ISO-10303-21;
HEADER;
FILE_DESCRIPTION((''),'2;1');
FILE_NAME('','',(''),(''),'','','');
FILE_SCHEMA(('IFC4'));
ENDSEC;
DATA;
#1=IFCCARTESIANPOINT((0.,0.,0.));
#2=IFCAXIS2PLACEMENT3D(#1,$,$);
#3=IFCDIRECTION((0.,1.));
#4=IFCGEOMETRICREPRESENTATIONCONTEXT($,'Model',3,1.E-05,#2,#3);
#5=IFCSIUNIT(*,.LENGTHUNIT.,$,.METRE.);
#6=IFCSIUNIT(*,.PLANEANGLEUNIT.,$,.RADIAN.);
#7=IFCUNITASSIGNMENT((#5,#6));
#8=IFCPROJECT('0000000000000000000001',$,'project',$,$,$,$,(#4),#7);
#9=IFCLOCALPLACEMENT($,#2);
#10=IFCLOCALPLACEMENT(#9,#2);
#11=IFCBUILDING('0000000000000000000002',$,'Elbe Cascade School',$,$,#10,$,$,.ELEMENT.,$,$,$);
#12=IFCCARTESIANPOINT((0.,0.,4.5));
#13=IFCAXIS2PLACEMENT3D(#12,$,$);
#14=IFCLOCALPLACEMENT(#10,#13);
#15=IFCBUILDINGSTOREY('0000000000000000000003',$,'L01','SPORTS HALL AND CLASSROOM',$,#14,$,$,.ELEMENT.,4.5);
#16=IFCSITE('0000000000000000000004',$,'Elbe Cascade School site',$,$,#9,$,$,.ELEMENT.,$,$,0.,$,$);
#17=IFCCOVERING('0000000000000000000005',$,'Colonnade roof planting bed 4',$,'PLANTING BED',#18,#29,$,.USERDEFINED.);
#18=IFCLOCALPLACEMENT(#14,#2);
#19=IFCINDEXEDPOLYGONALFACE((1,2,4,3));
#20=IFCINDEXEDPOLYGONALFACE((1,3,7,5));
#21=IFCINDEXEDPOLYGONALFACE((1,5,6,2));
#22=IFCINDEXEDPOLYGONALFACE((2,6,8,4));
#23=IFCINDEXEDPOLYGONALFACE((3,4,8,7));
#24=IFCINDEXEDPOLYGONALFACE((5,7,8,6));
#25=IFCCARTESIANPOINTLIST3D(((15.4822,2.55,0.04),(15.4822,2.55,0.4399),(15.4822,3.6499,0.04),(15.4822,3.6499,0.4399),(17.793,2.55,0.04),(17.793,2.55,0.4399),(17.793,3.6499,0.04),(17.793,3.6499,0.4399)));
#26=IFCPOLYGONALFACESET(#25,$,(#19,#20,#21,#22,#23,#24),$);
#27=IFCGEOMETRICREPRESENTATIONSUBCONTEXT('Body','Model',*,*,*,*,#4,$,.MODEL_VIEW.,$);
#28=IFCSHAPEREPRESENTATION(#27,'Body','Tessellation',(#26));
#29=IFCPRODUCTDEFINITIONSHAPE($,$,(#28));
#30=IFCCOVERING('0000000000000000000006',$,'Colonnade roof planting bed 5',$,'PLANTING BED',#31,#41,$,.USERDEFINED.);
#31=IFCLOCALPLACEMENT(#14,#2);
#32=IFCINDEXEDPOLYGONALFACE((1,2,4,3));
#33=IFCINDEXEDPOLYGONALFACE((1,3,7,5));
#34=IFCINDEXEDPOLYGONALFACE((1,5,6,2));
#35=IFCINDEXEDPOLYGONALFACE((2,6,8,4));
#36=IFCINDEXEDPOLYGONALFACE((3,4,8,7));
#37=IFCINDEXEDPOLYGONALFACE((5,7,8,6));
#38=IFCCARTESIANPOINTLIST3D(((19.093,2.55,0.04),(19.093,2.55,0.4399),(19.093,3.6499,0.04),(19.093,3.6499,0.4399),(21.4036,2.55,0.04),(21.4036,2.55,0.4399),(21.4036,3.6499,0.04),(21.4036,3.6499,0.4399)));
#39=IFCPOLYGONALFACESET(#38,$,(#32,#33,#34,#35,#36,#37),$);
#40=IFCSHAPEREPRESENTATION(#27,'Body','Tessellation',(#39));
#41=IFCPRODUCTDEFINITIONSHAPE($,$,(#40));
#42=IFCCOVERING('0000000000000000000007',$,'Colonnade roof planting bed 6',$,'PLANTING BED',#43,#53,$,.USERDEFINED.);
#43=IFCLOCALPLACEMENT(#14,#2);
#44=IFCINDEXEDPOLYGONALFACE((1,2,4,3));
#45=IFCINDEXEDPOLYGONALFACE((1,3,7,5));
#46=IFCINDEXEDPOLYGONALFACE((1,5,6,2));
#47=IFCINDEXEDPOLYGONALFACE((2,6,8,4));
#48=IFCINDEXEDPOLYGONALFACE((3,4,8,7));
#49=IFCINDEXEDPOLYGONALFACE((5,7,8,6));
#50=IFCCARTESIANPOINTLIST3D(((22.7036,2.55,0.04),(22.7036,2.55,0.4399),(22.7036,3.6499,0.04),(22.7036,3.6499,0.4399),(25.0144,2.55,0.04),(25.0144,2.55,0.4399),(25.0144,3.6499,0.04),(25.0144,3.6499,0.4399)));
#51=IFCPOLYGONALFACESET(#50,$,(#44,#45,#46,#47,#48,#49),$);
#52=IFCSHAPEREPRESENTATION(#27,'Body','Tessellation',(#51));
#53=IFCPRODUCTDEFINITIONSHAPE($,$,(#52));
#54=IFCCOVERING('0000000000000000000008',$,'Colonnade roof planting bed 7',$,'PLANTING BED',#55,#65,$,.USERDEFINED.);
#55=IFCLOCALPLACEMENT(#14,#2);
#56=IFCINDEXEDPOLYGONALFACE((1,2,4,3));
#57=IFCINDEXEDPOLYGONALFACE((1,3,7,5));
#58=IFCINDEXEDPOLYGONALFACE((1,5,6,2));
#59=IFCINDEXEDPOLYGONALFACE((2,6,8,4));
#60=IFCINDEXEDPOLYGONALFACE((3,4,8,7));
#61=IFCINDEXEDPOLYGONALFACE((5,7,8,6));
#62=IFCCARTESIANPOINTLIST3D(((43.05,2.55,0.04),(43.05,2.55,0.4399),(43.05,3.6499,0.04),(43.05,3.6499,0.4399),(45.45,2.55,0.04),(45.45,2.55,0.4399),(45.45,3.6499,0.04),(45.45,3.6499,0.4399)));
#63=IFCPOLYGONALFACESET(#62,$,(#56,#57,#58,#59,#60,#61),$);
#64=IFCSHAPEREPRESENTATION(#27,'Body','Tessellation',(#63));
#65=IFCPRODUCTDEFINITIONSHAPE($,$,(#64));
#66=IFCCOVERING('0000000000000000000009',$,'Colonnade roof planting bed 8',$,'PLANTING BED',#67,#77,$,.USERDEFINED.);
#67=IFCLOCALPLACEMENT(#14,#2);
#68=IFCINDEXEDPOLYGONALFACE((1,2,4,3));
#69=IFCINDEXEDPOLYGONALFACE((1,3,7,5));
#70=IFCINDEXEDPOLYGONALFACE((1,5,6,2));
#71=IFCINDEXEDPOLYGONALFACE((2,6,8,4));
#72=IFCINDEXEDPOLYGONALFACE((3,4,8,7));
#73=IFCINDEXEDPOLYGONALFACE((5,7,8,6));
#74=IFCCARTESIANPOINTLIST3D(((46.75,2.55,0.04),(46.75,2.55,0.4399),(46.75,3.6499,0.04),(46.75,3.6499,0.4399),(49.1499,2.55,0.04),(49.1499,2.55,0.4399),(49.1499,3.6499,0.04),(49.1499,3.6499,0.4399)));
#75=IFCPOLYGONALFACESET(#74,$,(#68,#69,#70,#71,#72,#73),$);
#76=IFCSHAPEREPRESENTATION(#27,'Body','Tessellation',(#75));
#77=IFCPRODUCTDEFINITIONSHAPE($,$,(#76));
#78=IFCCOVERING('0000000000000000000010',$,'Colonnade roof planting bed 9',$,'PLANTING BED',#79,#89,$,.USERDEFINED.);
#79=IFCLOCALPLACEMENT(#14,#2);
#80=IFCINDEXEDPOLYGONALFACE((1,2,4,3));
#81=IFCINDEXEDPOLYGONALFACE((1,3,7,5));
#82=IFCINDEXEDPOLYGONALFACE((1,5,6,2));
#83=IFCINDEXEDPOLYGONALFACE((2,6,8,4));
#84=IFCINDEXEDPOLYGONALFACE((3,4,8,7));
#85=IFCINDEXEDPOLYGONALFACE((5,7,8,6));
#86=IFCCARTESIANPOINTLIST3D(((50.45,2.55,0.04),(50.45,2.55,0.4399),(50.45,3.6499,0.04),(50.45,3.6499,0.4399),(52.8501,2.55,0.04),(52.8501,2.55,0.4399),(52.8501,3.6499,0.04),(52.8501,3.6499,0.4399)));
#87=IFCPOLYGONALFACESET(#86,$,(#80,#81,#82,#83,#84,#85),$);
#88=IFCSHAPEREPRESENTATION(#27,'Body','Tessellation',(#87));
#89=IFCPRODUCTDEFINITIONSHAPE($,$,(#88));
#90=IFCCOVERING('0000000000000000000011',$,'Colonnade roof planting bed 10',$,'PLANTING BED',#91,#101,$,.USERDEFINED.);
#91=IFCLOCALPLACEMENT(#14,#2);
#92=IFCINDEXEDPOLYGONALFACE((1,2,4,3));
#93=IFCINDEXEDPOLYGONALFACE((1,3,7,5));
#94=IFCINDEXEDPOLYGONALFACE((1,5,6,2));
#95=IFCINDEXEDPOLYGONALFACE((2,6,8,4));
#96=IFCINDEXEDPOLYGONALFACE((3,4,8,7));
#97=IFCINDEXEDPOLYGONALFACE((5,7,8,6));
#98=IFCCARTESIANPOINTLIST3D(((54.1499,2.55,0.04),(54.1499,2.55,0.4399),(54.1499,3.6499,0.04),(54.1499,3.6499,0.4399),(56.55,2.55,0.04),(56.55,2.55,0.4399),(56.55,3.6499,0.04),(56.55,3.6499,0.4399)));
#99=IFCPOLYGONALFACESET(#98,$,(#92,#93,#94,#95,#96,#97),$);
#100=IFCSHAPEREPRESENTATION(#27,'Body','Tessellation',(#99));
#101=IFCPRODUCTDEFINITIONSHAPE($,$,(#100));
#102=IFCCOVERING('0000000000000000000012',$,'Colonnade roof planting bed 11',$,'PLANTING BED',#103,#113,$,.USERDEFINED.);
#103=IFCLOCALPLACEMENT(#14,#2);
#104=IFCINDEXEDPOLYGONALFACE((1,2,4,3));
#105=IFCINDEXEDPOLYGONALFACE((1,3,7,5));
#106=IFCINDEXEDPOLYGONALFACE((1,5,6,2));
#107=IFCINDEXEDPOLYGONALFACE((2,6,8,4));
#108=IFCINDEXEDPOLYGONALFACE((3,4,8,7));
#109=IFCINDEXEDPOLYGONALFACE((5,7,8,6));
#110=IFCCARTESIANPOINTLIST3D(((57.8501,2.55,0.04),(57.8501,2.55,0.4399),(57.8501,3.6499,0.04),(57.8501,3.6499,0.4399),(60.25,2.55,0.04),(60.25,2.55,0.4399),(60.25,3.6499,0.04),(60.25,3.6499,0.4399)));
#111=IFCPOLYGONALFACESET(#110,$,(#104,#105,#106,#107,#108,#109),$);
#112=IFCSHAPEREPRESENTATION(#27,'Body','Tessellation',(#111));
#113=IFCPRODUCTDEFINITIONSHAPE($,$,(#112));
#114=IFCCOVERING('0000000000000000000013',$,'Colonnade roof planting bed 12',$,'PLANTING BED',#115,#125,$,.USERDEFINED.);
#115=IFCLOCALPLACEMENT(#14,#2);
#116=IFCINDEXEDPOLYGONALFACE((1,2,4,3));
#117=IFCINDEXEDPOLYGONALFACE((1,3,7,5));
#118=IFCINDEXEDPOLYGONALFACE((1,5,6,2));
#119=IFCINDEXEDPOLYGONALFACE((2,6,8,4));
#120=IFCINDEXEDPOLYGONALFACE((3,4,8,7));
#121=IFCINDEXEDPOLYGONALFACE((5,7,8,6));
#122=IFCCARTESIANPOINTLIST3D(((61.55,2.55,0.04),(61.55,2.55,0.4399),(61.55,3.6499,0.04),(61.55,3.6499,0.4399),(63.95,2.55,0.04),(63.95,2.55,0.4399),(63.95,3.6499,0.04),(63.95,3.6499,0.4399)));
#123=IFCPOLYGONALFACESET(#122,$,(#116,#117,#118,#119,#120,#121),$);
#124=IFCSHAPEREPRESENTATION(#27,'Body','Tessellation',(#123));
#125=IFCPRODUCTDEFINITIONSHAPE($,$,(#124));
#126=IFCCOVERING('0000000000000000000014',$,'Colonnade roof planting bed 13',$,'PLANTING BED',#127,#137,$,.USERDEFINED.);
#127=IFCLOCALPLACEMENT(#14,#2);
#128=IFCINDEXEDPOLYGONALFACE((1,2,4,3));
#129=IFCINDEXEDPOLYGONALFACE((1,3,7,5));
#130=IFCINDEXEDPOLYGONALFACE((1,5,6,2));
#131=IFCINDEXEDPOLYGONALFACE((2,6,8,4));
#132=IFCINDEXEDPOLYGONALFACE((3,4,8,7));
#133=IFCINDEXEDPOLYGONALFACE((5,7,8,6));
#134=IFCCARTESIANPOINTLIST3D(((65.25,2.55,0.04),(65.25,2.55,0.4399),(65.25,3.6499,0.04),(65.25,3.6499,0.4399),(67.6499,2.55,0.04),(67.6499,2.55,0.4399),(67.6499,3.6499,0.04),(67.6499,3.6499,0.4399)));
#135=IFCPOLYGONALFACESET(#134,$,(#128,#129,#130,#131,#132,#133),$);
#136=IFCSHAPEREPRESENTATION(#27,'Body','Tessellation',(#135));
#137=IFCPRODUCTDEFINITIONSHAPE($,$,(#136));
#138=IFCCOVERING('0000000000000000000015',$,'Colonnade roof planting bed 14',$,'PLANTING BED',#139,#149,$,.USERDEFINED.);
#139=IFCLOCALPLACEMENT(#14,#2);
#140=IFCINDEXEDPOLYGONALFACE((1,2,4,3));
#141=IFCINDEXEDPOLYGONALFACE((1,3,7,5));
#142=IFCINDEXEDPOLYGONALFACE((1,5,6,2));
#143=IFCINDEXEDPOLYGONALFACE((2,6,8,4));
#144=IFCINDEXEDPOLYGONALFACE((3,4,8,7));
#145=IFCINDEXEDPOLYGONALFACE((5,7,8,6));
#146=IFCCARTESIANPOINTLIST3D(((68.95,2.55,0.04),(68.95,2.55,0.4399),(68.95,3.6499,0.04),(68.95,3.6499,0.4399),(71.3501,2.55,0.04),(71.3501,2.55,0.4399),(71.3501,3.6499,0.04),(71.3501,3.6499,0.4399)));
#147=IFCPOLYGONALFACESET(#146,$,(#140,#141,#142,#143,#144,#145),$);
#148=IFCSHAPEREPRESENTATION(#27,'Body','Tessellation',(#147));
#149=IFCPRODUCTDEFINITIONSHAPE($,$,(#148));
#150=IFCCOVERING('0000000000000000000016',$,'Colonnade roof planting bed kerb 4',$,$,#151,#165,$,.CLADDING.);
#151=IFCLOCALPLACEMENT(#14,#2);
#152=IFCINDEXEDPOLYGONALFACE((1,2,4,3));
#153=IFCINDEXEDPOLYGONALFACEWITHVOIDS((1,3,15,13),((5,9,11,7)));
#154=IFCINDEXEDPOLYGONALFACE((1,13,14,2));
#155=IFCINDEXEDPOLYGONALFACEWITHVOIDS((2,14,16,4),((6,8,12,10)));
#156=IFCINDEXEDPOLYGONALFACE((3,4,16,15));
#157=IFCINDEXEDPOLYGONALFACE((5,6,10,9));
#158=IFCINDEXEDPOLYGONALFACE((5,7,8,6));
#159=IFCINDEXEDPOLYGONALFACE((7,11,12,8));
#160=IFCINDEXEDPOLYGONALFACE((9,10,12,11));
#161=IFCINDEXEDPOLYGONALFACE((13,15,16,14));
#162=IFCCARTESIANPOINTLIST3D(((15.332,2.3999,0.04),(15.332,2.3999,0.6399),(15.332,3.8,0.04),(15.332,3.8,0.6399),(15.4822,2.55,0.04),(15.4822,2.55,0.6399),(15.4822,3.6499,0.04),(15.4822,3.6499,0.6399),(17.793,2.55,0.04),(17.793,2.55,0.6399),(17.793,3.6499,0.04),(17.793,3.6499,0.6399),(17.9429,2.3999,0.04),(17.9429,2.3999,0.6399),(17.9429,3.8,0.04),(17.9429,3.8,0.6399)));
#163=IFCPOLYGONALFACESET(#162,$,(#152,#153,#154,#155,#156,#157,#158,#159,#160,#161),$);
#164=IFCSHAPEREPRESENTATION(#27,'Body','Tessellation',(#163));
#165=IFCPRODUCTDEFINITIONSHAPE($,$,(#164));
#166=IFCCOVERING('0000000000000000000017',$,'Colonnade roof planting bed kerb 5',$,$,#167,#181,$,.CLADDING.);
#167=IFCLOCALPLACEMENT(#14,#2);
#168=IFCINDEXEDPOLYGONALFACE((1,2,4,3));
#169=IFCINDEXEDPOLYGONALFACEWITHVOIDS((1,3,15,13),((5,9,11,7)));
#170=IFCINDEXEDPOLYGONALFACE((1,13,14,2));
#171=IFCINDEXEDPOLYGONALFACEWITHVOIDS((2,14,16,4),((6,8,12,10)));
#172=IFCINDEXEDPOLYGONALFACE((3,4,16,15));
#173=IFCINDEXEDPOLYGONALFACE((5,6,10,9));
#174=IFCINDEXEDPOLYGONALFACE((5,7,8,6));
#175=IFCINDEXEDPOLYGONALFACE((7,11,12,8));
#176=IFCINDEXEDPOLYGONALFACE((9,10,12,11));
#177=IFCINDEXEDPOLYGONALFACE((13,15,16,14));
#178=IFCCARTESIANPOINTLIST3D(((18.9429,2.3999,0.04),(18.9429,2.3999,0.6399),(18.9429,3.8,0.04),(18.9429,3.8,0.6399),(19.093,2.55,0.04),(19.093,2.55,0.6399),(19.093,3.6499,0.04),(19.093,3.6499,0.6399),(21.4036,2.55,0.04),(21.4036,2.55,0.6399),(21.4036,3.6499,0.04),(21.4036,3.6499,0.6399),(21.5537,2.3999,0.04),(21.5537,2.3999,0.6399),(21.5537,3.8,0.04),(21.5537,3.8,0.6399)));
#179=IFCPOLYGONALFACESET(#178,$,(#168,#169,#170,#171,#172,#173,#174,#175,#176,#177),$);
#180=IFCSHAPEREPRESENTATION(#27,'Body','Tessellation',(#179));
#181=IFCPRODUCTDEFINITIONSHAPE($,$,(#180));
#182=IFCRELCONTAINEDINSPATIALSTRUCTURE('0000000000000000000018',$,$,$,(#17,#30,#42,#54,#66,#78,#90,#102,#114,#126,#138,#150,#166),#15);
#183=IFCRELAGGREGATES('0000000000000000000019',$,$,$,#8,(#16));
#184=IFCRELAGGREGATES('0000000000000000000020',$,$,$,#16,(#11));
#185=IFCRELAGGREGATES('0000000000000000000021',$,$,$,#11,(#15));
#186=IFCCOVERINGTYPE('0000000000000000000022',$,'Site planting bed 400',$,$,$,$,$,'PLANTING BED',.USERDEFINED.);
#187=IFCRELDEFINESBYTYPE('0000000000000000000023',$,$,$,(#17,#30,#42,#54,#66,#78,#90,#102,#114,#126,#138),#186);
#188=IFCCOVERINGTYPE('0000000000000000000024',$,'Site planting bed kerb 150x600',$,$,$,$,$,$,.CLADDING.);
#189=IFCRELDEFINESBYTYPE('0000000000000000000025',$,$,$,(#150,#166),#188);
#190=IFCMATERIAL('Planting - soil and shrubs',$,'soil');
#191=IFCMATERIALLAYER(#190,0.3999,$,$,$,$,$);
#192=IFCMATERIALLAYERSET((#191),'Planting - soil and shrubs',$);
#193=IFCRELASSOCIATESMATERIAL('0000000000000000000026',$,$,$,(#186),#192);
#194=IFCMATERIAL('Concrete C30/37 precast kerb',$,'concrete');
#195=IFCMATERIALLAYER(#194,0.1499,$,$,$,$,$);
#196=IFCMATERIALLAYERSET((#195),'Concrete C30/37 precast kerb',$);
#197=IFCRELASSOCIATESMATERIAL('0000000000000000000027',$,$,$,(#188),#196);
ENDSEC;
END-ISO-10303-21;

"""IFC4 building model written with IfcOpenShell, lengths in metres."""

from ifc_helpers import new_model, si_unit, direction, frame, origin, place, context, subcontext, project, spatial, polyline, outline, extrude, material, layer, layer_set, type_object, element, save


model = new_model("IFC4")

# Units and contexts
model_context = context("Model", 3, precision=1e-05, world=origin(), true_north=direction((0.0, 1.0)))
body_context = subcontext(model_context, "Body", "Model", "MODEL_VIEW")
ifc_project = project(units=[si_unit("LENGTHUNIT", "METRE"), si_unit("PLANEANGLEUNIT", "RADIAN")], contexts=[model_context])

# Site, building, storey
site_placement = place(None, origin())
site = spatial("IfcSite", under=ifc_project, at=site_placement, Name="Elbe Cascade School site", CompositionType="ELEMENT", RefElevation=0.0)
building_placement = place(site_placement, origin())
building = spatial("IfcBuilding", under=site, at=building_placement, Name="Elbe Cascade School", CompositionType="ELEMENT")
storey_placement = place(building_placement, frame((0.0, 0.0, 4.5)))
storey = spatial("IfcBuildingStorey", under=building, at=storey_placement, Name="L01", Description="SPORTS HALL AND CLASSROOM", CompositionType="ELEMENT", Elevation=4.5)

# Coverings
ifc_material_1 = material(Name="Planting - soil and shrubs", Category="soil")
ifc_layer_1 = layer(ifc_material_1, 0.3999)
ifc_layer_set_1 = layer_set([ifc_layer_1], Name="Planting - soil and shrubs")
covering_type_1 = type_object("IfcCoveringType", Name="Site planting bed 400", ElementType="PLANTING BED", PredefinedType="USERDEFINED", material=ifc_layer_set_1)
covering_1_placement = place(storey_placement, frame((0.0, 0.0, 0.04)))
element("IfcCovering", 1, at=covering_1_placement, inside=storey, type_object=covering_type_1, Name="Colonnade roof planting bed 4", ObjectType="PLANTING BED", PredefinedType="USERDEFINED", context=body_context, shape_type="SweptSolid", body=[
    extrude(outline(polyline([(15.4822, 2.55), (17.793, 2.55), (17.793, 3.6499), (15.4822, 3.6499), (15.4822, 2.55)])), origin(), (0.0, 0.0, 1.0), 0.3999),
])
covering_2_placement = place(storey_placement, frame((0.0, 0.0, 0.04)))
element("IfcCovering", 2, at=covering_2_placement, inside=storey, type_object=covering_type_1, Name="Colonnade roof planting bed 5", ObjectType="PLANTING BED", PredefinedType="USERDEFINED", context=body_context, shape_type="SweptSolid", body=[
    extrude(outline(polyline([(19.093, 2.55), (21.4036, 2.55), (21.4036, 3.6499), (19.093, 3.6499), (19.093, 2.55)])), origin(), (0.0, 0.0, 1.0), 0.3999),
])
covering_3_placement = place(storey_placement, frame((0.0, 0.0, 0.04)))
element("IfcCovering", 3, at=covering_3_placement, inside=storey, type_object=covering_type_1, Name="Colonnade roof planting bed 6", ObjectType="PLANTING BED", PredefinedType="USERDEFINED", context=body_context, shape_type="SweptSolid", body=[
    extrude(outline(polyline([(22.7036, 2.55), (25.0144, 2.55), (25.0144, 3.6499), (22.7036, 3.6499), (22.7036, 2.55)])), origin(), (0.0, 0.0, 1.0), 0.3999),
])
covering_4_placement = place(storey_placement, frame((0.0, 0.0, 0.04)))
element("IfcCovering", 4, at=covering_4_placement, inside=storey, type_object=covering_type_1, Name="Colonnade roof planting bed 7", ObjectType="PLANTING BED", PredefinedType="USERDEFINED", context=body_context, shape_type="SweptSolid", body=[
    extrude(outline(polyline([(43.05, 2.55), (45.45, 2.55), (45.45, 3.6499), (43.05, 3.6499), (43.05, 2.55)])), origin(), (0.0, 0.0, 1.0), 0.3999),
])
covering_5_placement = place(storey_placement, frame((0.0, 0.0, 0.04)))
element("IfcCovering", 5, at=covering_5_placement, inside=storey, type_object=covering_type_1, Name="Colonnade roof planting bed 8", ObjectType="PLANTING BED", PredefinedType="USERDEFINED", context=body_context, shape_type="SweptSolid", body=[
    extrude(outline(polyline([(46.75, 2.55), (49.1499, 2.55), (49.1499, 3.6499), (46.75, 3.6499), (46.75, 2.55)])), origin(), (0.0, 0.0, 1.0), 0.3999),
])
covering_6_placement = place(storey_placement, frame((0.0, 0.0, 0.04)))
element("IfcCovering", 6, at=covering_6_placement, inside=storey, type_object=covering_type_1, Name="Colonnade roof planting bed 9", ObjectType="PLANTING BED", PredefinedType="USERDEFINED", context=body_context, shape_type="SweptSolid", body=[
    extrude(outline(polyline([(50.45, 2.55), (52.8501, 2.55), (52.8501, 3.6499), (50.45, 3.6499), (50.45, 2.55)])), origin(), (0.0, 0.0, 1.0), 0.3999),
])
covering_7_placement = place(storey_placement, frame((0.0, 0.0, 0.04)))
element("IfcCovering", 7, at=covering_7_placement, inside=storey, type_object=covering_type_1, Name="Colonnade roof planting bed 10", ObjectType="PLANTING BED", PredefinedType="USERDEFINED", context=body_context, shape_type="SweptSolid", body=[
    extrude(outline(polyline([(54.1499, 2.55), (56.55, 2.55), (56.55, 3.6499), (54.1499, 3.6499), (54.1499, 2.55)])), origin(), (0.0, 0.0, 1.0), 0.3999),
])
covering_8_placement = place(storey_placement, frame((0.0, 0.0, 0.04)))
element("IfcCovering", 8, at=covering_8_placement, inside=storey, type_object=covering_type_1, Name="Colonnade roof planting bed 11", ObjectType="PLANTING BED", PredefinedType="USERDEFINED", context=body_context, shape_type="SweptSolid", body=[
    extrude(outline(polyline([(57.8501, 2.55), (60.25, 2.55), (60.25, 3.6499), (57.8501, 3.6499), (57.8501, 2.55)])), origin(), (0.0, 0.0, 1.0), 0.3999),
])
covering_9_placement = place(storey_placement, frame((0.0, 0.0, 0.04)))
element("IfcCovering", 9, at=covering_9_placement, inside=storey, type_object=covering_type_1, Name="Colonnade roof planting bed 12", ObjectType="PLANTING BED", PredefinedType="USERDEFINED", context=body_context, shape_type="SweptSolid", body=[
    extrude(outline(polyline([(61.55, 2.55), (63.95, 2.55), (63.95, 3.6499), (61.55, 3.6499), (61.55, 2.55)])), origin(), (0.0, 0.0, 1.0), 0.3999),
])
covering_10_placement = place(storey_placement, frame((0.0, 0.0, 0.04)))
element("IfcCovering", 10, at=covering_10_placement, inside=storey, type_object=covering_type_1, Name="Colonnade roof planting bed 13", ObjectType="PLANTING BED", PredefinedType="USERDEFINED", context=body_context, shape_type="SweptSolid", body=[
    extrude(outline(polyline([(65.25, 2.55), (67.6499, 2.55), (67.6499, 3.6499), (65.25, 3.6499), (65.25, 2.55)])), origin(), (0.0, 0.0, 1.0), 0.3999),
])
covering_11_placement = place(storey_placement, frame((0.0, 0.0, 0.04)))
element("IfcCovering", 11, at=covering_11_placement, inside=storey, type_object=covering_type_1, Name="Colonnade roof planting bed 14", ObjectType="PLANTING BED", PredefinedType="USERDEFINED", context=body_context, shape_type="SweptSolid", body=[
    extrude(outline(polyline([(68.95, 2.55), (71.3501, 2.55), (71.3501, 3.6499), (68.95, 3.6499), (68.95, 2.55)])), origin(), (0.0, 0.0, 1.0), 0.3999),
])
ifc_material_2 = material(Name="Concrete C30/37 precast kerb", Category="concrete")
ifc_layer_2 = layer(ifc_material_2, 0.1499)
ifc_layer_set_2 = layer_set([ifc_layer_2], Name="Concrete C30/37 precast kerb")
covering_type_2 = type_object("IfcCoveringType", Name="Site planting bed kerb 150x600", PredefinedType="CLADDING", material=ifc_layer_set_2)
covering_12_placement = place(storey_placement, frame((0.0, 0.0, 0.04)))
element("IfcCovering", 12, at=covering_12_placement, inside=storey, type_object=covering_type_2, Name="Colonnade roof planting bed kerb 4", PredefinedType="CLADDING", context=body_context, shape_type="SweptSolid", body=[
    extrude(outline(polyline([(15.332, 2.3999), (17.9429, 2.3999), (17.9429, 3.8), (15.332, 3.8), (15.332, 2.3999)]), holes=[polyline([(15.4822, 2.55), (17.793, 2.55), (17.793, 3.6499), (15.4822, 3.6499), (15.4822, 2.55)])]), origin(), (0.0, 0.0, 1.0), 0.5999),
])
covering_13_placement = place(storey_placement, frame((0.0, 0.0, 0.04)))
element("IfcCovering", 13, at=covering_13_placement, inside=storey, type_object=covering_type_2, Name="Colonnade roof planting bed kerb 5", PredefinedType="CLADDING", context=body_context, shape_type="SweptSolid", body=[
    extrude(outline(polyline([(18.9429, 2.3999), (21.5537, 2.3999), (21.5537, 3.8), (18.9429, 3.8), (18.9429, 2.3999)]), holes=[polyline([(19.093, 2.55), (21.4036, 2.55), (21.4036, 3.6499), (19.093, 3.6499), (19.093, 2.55)])]), origin(), (0.0, 0.0, 1.0), 0.5999),
])

save(model, "model.ifc")
